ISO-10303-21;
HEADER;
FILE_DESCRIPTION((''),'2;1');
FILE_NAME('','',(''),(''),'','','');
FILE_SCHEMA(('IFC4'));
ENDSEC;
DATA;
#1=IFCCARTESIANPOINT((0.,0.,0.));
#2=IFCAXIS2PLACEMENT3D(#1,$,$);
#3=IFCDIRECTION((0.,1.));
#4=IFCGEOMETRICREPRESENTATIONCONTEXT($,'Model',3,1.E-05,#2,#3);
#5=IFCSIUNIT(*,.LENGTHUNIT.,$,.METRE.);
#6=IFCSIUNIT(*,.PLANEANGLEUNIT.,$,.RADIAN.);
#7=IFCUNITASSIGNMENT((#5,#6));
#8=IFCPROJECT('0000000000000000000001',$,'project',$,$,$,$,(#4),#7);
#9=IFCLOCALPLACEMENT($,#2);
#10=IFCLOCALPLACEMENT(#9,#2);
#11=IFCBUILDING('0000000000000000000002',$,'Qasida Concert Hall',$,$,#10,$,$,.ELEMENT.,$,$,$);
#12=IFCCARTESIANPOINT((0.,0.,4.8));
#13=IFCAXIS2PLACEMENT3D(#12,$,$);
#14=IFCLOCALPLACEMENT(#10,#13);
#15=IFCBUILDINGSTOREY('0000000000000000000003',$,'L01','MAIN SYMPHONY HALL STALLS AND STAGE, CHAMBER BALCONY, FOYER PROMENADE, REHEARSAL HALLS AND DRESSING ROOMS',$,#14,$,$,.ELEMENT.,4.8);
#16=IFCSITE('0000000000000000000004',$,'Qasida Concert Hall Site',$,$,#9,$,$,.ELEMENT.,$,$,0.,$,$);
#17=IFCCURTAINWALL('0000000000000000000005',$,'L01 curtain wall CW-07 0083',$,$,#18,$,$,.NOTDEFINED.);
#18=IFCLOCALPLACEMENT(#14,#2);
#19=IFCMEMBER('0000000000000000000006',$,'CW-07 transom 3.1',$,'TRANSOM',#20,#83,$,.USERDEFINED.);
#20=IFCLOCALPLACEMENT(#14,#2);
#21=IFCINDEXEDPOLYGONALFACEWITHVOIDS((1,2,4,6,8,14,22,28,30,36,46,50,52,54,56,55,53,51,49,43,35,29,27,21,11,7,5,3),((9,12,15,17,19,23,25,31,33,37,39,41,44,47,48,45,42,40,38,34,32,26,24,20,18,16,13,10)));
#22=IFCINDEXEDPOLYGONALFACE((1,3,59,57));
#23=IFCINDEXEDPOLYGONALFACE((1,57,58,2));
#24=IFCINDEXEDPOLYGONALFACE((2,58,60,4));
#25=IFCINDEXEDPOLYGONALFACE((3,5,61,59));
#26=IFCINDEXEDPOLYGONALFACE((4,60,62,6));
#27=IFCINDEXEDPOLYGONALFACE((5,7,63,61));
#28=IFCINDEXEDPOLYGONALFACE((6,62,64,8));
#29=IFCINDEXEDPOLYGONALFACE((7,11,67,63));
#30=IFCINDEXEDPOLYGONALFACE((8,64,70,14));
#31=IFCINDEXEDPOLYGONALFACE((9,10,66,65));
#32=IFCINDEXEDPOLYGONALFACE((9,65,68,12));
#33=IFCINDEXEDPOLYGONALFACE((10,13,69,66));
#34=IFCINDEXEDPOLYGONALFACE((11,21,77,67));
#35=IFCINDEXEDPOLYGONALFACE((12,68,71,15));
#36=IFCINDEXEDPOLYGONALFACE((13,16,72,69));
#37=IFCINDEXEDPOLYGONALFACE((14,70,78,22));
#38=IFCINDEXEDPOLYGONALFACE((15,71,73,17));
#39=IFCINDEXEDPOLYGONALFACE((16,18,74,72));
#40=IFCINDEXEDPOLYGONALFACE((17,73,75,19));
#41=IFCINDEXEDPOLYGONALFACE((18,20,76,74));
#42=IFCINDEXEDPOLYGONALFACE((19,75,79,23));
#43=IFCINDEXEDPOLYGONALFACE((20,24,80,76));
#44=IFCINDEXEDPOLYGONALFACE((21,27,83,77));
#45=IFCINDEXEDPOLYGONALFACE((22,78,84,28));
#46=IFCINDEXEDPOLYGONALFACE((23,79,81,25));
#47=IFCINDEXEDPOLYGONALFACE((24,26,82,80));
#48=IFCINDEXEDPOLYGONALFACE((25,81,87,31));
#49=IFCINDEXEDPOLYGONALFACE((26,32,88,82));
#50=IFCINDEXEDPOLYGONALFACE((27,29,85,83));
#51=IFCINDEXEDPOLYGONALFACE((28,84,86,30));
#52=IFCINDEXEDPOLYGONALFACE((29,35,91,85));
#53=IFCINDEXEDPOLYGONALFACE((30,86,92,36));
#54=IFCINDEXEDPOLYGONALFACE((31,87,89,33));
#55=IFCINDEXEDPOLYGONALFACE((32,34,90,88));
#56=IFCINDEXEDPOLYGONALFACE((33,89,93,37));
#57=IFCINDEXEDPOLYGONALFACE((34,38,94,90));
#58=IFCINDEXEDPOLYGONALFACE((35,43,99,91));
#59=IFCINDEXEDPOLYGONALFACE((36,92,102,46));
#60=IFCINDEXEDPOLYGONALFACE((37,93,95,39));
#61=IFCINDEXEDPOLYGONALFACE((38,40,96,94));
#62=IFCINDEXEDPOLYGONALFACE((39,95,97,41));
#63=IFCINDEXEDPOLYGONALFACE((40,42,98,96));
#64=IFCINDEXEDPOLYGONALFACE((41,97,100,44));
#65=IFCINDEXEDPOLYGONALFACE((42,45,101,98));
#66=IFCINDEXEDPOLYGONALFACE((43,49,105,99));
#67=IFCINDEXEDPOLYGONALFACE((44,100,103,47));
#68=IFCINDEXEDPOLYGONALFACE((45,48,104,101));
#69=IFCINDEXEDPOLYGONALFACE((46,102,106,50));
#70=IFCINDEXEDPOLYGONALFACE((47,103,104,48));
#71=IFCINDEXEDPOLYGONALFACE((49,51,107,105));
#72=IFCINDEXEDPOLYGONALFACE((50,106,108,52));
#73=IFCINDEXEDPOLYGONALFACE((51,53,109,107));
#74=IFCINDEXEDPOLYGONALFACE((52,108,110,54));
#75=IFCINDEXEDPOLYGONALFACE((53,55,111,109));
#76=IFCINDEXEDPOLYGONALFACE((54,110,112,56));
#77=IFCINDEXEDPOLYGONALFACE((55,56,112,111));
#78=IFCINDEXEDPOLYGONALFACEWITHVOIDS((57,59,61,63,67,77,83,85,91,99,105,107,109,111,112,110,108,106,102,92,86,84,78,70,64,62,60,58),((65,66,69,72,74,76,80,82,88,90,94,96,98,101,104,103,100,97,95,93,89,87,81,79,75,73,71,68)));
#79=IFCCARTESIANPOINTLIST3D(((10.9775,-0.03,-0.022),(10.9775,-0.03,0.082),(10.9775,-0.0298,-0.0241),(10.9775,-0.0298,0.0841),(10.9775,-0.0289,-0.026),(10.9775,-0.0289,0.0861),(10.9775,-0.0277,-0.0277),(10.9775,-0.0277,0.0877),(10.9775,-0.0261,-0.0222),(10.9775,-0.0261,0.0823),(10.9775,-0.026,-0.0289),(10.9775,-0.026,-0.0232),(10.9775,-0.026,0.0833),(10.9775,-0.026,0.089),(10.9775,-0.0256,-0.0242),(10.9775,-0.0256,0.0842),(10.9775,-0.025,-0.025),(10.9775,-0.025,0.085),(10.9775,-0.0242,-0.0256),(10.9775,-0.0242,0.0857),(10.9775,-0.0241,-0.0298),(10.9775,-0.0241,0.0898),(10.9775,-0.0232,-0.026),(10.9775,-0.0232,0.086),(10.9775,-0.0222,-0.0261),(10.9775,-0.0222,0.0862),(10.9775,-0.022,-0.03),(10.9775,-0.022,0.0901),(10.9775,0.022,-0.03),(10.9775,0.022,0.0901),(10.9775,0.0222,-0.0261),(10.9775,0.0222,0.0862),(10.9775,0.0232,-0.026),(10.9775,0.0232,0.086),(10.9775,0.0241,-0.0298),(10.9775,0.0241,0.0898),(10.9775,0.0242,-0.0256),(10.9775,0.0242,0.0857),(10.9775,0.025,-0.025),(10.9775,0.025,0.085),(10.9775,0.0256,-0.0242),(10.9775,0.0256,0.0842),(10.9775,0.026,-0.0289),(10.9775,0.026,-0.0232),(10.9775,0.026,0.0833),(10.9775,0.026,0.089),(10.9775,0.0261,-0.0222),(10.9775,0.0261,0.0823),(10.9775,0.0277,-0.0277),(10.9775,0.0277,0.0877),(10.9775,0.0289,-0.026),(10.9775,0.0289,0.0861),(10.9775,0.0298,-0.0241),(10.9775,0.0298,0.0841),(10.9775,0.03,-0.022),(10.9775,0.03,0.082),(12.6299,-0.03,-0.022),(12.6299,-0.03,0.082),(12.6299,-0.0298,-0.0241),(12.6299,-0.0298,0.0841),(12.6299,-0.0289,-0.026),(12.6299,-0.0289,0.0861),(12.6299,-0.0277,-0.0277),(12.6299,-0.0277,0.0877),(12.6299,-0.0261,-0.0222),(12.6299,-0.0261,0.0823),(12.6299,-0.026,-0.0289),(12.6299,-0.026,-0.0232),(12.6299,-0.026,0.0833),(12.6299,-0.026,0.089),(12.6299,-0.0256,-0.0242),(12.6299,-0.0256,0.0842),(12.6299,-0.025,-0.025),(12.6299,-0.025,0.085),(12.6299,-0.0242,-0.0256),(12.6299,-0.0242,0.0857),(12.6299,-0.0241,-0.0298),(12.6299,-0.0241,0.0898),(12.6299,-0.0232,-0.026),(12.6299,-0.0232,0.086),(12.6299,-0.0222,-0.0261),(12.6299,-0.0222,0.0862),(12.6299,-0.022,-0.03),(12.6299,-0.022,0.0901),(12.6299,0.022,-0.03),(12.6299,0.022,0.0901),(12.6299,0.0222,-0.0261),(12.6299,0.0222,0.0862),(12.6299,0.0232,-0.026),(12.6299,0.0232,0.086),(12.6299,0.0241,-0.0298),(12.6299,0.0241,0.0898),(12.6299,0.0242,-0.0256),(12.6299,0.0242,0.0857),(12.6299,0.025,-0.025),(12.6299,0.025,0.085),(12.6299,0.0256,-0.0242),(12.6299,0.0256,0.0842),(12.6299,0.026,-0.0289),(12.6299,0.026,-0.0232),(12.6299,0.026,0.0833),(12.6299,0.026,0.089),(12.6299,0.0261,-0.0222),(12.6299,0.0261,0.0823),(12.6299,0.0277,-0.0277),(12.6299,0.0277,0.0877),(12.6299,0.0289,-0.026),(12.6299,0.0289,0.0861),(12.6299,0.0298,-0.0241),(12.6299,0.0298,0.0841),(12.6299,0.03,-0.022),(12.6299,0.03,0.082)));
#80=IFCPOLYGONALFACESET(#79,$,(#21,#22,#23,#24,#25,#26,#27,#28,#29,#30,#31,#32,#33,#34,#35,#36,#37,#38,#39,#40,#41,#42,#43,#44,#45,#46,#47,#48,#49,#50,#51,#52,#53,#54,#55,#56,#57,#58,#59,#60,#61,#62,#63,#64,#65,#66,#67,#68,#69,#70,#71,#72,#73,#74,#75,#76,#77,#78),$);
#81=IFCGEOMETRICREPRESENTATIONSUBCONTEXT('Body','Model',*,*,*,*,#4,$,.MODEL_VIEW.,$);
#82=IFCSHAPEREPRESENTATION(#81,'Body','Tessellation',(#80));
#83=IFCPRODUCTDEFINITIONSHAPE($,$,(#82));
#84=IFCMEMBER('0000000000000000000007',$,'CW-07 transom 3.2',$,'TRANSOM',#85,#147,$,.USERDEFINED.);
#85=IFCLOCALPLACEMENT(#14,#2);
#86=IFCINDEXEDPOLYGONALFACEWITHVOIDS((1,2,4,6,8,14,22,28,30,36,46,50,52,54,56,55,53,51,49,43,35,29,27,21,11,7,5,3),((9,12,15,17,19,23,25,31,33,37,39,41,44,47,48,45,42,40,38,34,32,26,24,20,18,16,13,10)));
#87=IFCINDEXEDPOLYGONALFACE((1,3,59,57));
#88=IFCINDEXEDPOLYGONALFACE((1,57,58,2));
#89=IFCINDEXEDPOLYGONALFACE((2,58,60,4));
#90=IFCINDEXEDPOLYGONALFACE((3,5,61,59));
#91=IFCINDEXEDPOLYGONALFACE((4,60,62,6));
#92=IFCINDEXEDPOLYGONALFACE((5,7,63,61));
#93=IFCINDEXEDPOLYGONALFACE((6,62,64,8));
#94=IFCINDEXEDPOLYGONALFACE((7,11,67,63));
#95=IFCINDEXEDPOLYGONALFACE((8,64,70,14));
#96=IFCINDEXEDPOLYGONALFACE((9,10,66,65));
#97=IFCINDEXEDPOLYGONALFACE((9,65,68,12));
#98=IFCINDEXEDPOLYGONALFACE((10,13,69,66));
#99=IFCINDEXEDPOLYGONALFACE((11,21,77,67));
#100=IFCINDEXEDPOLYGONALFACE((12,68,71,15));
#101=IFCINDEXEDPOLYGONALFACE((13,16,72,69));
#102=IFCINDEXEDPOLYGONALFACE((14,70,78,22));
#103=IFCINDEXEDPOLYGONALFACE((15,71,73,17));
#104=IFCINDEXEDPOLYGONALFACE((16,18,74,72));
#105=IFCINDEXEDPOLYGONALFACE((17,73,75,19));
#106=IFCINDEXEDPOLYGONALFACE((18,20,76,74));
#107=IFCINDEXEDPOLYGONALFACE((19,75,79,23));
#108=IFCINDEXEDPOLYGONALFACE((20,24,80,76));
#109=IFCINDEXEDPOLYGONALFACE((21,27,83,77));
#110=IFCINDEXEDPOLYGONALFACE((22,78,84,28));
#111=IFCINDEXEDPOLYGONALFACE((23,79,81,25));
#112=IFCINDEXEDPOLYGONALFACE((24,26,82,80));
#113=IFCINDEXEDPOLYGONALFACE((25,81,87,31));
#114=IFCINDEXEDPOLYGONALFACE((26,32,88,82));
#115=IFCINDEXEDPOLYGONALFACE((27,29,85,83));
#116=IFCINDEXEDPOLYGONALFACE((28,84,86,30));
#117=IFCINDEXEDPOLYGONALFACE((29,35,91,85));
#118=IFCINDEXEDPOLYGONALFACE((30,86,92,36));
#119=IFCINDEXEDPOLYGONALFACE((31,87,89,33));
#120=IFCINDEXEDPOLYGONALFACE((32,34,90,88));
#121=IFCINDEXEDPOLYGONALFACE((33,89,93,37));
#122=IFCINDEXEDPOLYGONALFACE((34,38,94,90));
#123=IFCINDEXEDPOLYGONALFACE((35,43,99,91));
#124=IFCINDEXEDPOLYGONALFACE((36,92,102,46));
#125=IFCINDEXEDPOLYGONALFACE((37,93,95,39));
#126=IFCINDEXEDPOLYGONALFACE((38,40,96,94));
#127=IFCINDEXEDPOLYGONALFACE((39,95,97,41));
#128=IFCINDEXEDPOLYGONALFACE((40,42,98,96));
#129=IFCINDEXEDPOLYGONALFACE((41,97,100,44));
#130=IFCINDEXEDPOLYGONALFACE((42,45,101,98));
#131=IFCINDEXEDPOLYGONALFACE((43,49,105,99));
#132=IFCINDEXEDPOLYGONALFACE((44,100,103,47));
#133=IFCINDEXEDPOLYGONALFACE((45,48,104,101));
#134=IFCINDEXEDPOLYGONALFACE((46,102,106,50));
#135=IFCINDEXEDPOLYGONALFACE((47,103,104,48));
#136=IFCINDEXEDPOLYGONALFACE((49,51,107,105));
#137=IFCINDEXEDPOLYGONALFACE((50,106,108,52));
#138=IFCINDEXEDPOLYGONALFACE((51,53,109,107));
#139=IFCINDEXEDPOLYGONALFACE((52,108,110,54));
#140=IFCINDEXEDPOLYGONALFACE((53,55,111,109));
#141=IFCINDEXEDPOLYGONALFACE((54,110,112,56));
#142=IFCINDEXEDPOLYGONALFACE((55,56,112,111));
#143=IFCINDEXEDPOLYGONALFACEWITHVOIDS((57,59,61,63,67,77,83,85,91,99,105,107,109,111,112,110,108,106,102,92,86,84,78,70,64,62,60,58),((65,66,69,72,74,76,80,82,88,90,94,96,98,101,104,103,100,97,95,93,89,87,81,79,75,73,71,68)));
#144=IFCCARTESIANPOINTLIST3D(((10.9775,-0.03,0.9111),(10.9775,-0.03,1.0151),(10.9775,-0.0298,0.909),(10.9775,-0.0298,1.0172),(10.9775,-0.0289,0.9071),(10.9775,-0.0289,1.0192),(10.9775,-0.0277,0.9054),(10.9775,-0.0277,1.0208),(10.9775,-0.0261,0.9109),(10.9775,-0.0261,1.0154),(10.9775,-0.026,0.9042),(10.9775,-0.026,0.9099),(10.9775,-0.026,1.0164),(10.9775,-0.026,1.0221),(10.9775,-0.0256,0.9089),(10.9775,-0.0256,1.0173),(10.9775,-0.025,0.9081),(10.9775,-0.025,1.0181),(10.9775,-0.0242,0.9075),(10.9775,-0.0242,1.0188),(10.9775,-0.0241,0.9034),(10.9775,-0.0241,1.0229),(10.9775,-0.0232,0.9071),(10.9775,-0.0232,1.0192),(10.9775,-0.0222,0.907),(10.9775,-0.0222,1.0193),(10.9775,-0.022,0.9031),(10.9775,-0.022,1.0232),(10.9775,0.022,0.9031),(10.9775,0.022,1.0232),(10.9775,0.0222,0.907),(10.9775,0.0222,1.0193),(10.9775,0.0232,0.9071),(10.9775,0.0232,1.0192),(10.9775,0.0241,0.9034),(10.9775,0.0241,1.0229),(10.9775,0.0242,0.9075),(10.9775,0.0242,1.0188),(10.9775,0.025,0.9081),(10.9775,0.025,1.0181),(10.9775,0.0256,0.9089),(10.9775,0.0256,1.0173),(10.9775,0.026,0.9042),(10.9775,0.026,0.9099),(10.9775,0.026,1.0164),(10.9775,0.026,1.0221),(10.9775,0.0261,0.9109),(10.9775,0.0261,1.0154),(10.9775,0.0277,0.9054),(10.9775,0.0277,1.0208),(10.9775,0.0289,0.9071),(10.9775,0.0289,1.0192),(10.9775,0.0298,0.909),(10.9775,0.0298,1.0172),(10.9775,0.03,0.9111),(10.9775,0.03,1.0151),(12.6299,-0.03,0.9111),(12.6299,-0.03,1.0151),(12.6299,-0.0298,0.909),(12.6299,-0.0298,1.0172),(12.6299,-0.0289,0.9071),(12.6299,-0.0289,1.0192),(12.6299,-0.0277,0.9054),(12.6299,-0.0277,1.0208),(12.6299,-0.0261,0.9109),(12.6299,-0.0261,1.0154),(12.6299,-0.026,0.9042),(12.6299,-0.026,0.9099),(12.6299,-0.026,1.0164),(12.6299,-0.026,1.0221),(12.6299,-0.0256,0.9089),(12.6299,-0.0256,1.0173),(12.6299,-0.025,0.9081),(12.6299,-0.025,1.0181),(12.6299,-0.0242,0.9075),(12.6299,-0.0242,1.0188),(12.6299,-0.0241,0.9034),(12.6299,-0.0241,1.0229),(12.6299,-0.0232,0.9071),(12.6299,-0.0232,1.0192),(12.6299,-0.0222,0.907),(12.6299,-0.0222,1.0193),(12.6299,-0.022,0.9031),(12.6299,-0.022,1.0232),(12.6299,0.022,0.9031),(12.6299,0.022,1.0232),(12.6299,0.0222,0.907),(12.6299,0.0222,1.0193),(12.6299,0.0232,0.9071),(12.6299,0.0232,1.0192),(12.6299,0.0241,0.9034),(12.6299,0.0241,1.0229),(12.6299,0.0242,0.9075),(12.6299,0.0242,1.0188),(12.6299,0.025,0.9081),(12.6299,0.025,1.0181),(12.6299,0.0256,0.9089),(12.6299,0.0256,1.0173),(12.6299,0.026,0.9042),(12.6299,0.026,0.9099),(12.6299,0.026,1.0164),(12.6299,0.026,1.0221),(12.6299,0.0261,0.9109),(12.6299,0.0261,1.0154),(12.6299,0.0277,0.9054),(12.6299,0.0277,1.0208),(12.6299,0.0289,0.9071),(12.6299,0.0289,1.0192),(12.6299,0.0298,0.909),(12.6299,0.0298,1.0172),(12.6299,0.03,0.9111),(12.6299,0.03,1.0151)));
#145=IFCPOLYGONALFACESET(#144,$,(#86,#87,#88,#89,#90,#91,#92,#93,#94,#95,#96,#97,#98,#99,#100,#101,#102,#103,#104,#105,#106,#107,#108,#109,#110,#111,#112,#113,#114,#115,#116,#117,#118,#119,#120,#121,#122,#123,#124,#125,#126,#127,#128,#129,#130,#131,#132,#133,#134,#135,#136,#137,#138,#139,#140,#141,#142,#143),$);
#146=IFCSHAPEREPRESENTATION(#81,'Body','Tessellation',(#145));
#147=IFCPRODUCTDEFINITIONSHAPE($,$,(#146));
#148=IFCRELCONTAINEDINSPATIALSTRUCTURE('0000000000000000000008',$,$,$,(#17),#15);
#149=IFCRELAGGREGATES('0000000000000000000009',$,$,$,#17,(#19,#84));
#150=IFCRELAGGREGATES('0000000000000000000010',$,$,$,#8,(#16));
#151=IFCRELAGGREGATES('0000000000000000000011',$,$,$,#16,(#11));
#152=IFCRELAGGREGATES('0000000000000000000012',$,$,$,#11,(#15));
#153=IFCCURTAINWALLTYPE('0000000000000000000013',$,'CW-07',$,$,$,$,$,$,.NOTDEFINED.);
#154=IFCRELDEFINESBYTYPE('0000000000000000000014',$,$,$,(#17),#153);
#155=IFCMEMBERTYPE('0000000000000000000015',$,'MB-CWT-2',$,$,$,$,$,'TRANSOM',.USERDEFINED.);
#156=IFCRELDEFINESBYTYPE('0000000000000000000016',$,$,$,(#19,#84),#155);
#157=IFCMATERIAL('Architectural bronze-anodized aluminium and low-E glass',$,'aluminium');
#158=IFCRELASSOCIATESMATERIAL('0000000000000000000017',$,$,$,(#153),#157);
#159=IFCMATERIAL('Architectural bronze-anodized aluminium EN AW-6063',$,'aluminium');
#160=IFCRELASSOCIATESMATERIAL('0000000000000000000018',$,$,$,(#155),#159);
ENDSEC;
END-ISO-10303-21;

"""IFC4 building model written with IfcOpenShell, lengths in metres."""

from ifc_helpers import new_model, si_unit, direction, frame, origin, origin_2d, place, context, subcontext, project, spatial, hollow_rectangle, extrude, material, material_profile, profile_set, type_object, element, aggregate, save


model = new_model("IFC4")

# Units and contexts
model_context = context("Model", 3, precision=1e-05, world=origin(), true_north=direction((0.0, 1.0)))
body_context = subcontext(model_context, "Body", "Model", "MODEL_VIEW")
ifc_project = project(units=[si_unit("LENGTHUNIT", "METRE"), si_unit("PLANEANGLEUNIT", "RADIAN")], contexts=[model_context])

# Site, building, storey
site_placement = place(None, origin())
site = spatial("IfcSite", under=ifc_project, at=site_placement, Name="Qasida Concert Hall Site", CompositionType="ELEMENT", RefElevation=0.0)
building_placement = place(site_placement, origin())
building = spatial("IfcBuilding", under=site, at=building_placement, Name="Qasida Concert Hall", CompositionType="ELEMENT")
storey_placement = place(building_placement, frame((0.0, 0.0, 4.8)))
storey = spatial("IfcBuildingStorey", under=building, at=storey_placement, Name="L01", Description="MAIN SYMPHONY HALL STALLS AND STAGE, CHAMBER BALCONY, FOYER PROMENADE, REHEARSAL HALLS AND DRESSING ROOMS", CompositionType="ELEMENT", Elevation=4.8)

# Shared definitions
ifc_material_1 = material(Name="Architectural bronze-anodized aluminium and low-E glass", Category="aluminium")
curtain_wall_type = type_object("IfcCurtainWallType", Name="CW-07", PredefinedType="NOTDEFINED", material=ifc_material_1)
ifc_material_2 = material(Name="Architectural bronze-anodized aluminium EN AW-6063", Category="aluminium")

# Curtain wall, members
curtain_wall_1_placement = place(storey_placement, origin())
curtain_wall_1 = element("IfcCurtainWall", 1, at=curtain_wall_1_placement, inside=storey, type_object=curtain_wall_type, Name="L01 curtain wall CW-07 0083", PredefinedType="NOTDEFINED")
ifc_material_profile_1 = material_profile(ifc_material_2, hollow_rectangle(XDim=0.0601, YDim=0.1201, WallThickness=0.0039, InnerFilletRadius=0.0039, OuterFilletRadius=0.0081, at=origin_2d()), Name="CWT 120x60x4")
ifc_profile_set_1 = profile_set([ifc_material_profile_1], Name="Architectural bronze-anodized aluminium EN AW-6063")
member_type_1 = type_object("IfcMemberType", Name="MB-CWT-2", ElementType="TRANSOM", PredefinedType="USERDEFINED", material=ifc_profile_set_1)
member_1_placement = place(storey_placement, frame((10.9775, 0.0, 0.03), z_axis=(1.0, 0.0, 0.0), x_axis=(0.0, 1.0, 0.0)))
member_1 = element("IfcMember", 2, at=member_1_placement, type_object=member_type_1, Name="CW-07 transom 3.1", ObjectType="TRANSOM", PredefinedType="USERDEFINED", context=body_context, shape_type="SweptSolid", body=[
    extrude(hollow_rectangle(XDim=0.0601, YDim=0.1201, WallThickness=0.0039, InnerFilletRadius=0.0039, OuterFilletRadius=0.0081, at=origin_2d()), origin(), (0.0, 0.0, 1.0), 1.6523),
])
member_2_placement = place(storey_placement, frame((10.9775, 0.0, 0.9631), z_axis=(1.0, 0.0, 0.0), x_axis=(0.0, 1.0, 0.0)))
member_2 = element("IfcMember", 3, at=member_2_placement, type_object=member_type_1, Name="CW-07 transom 3.2", ObjectType="TRANSOM", PredefinedType="USERDEFINED", context=body_context, shape_type="SweptSolid", body=[
    extrude(hollow_rectangle(XDim=0.0601, YDim=0.1201, WallThickness=0.0039, InnerFilletRadius=0.0039, OuterFilletRadius=0.0081, at=origin_2d()), origin(), (0.0, 0.0, 1.0), 1.6523),
])

aggregate(curtain_wall_1, [member_1, member_2])

save(model, "model.ifc")
